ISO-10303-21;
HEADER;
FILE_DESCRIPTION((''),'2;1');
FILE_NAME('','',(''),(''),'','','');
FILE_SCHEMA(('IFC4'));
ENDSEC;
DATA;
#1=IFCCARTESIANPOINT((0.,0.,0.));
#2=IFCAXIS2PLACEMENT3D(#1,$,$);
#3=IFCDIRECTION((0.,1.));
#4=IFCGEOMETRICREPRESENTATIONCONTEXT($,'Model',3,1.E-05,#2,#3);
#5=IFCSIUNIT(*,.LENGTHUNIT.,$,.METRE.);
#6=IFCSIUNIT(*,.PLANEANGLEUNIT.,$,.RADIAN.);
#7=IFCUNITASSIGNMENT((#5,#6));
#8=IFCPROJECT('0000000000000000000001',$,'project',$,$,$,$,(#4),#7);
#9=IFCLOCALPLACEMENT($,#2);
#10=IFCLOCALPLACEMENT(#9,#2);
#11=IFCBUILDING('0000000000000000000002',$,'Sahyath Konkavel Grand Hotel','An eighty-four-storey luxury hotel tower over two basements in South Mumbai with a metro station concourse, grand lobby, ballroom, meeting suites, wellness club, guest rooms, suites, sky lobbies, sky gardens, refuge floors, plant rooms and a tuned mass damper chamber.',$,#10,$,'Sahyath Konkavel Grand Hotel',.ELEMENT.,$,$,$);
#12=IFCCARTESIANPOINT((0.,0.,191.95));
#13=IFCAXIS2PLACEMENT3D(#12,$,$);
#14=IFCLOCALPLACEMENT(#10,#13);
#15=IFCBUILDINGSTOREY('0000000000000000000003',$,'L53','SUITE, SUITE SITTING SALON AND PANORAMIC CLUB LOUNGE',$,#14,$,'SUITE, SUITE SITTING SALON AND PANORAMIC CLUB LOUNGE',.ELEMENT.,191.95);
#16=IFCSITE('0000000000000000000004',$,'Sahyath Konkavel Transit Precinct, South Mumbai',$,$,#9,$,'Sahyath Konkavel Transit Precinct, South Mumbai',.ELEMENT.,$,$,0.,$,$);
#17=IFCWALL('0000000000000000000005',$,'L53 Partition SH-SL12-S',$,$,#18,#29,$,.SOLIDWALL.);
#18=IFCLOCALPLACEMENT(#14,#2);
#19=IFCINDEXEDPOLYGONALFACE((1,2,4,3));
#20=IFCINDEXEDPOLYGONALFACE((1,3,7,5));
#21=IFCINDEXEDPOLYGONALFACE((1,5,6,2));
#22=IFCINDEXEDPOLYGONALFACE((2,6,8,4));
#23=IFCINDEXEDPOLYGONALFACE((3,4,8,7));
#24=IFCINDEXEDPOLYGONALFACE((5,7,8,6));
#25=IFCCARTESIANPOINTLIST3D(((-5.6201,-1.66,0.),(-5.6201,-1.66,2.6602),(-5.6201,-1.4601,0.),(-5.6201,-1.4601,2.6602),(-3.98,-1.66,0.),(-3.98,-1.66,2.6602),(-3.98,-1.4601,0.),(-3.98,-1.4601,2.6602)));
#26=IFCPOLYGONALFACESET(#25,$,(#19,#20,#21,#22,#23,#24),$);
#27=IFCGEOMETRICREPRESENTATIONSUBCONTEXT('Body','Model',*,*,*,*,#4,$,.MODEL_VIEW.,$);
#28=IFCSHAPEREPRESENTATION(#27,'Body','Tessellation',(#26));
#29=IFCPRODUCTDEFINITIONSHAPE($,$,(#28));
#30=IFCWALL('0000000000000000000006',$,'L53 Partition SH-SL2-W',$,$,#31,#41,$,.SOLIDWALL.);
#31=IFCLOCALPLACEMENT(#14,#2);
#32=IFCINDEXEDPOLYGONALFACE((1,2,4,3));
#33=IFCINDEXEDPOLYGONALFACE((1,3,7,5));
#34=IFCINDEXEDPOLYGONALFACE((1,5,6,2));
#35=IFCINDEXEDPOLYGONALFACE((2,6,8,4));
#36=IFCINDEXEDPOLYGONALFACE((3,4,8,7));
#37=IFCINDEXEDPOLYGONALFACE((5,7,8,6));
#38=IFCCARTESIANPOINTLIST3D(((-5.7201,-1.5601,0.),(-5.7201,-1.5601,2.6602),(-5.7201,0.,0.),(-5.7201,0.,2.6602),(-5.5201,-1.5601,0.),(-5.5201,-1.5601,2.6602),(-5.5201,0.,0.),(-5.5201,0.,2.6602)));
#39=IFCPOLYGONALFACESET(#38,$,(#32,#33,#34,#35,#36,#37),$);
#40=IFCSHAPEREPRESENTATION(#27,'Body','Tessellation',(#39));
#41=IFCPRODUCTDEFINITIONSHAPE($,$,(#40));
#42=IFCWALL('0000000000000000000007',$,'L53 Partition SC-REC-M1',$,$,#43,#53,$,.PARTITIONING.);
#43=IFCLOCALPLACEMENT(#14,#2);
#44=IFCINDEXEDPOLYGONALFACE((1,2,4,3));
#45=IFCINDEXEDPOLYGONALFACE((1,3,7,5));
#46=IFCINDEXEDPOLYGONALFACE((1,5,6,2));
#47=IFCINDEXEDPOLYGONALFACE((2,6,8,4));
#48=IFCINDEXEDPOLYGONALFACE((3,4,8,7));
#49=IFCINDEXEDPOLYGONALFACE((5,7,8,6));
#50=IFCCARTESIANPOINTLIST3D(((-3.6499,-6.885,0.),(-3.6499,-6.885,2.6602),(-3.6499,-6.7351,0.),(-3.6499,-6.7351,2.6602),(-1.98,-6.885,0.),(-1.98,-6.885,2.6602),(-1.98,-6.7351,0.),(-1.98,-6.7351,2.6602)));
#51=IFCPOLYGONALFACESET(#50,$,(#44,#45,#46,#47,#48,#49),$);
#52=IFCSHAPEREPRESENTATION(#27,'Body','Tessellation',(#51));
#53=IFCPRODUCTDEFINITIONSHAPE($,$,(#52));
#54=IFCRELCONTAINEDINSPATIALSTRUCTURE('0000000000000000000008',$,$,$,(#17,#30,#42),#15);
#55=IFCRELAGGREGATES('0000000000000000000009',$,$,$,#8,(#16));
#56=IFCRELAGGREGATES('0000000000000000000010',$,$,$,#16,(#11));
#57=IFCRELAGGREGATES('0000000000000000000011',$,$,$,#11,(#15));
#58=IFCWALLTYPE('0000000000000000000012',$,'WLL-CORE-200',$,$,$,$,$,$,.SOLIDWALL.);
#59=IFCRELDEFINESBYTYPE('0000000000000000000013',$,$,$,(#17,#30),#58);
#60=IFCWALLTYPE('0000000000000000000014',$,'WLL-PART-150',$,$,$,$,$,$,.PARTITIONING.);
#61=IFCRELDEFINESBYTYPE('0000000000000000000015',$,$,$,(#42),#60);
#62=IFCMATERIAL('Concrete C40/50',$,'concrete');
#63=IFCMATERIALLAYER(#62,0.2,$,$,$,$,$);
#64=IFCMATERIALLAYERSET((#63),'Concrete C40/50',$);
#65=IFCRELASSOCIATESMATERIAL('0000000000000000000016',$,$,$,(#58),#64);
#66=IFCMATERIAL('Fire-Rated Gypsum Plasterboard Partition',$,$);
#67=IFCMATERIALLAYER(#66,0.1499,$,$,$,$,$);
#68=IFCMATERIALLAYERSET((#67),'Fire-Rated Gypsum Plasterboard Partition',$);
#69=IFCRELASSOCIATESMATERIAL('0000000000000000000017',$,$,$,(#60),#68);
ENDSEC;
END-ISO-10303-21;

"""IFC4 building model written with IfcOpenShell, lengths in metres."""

from ifc_helpers import new_model, si_unit, direction, frame, frame_2d, origin, place, context, subcontext, project, spatial, rectangle, extrude, material, layer, layer_set, type_object, element, save


model = new_model("IFC4")

# Units and contexts
model_context = context("Model", 3, precision=1e-05, world=origin(), true_north=direction((0.0, 1.0)))
body_context = subcontext(model_context, "Body", "Model", "MODEL_VIEW")
ifc_project = project(units=[si_unit("LENGTHUNIT", "METRE"), si_unit("PLANEANGLEUNIT", "RADIAN")], contexts=[model_context])

# Site, building, storey
site_placement = place(None, origin())
site = spatial("IfcSite", under=ifc_project, at=site_placement, Name="Sahyath Konkavel Transit Precinct, South Mumbai", LongName="Sahyath Konkavel Transit Precinct, South Mumbai", CompositionType="ELEMENT", RefElevation=0.0)
building_placement = place(site_placement, origin())
building = spatial("IfcBuilding", under=site, at=building_placement, Name="Sahyath Konkavel Grand Hotel", Description="An eighty-four-storey luxury hotel tower over two basements in South Mumbai with a metro station concourse, grand lobby, ballroom, meeting suites, wellness club, guest rooms, suites, sky lobbies, sky gardens, refuge floors, plant rooms and a tuned mass damper chamber.", LongName="Sahyath Konkavel Grand Hotel", CompositionType="ELEMENT")
storey_placement = place(building_placement, frame((0.0, 0.0, 191.95)))
storey = spatial("IfcBuildingStorey", under=building, at=storey_placement, Name="L53", Description="SUITE, SUITE SITTING SALON AND PANORAMIC CLUB LOUNGE", LongName="SUITE, SUITE SITTING SALON AND PANORAMIC CLUB LOUNGE", CompositionType="ELEMENT", Elevation=191.95)

# Shared definitions
ifc_material_1 = material(Name="Concrete C40/50", Category="concrete")

# Shared definitions
ifc_layer_1 = layer(ifc_material_1, 0.2)
ifc_layer_set_1 = layer_set([ifc_layer_1], Name="Concrete C40/50")
wall_type_1 = type_object("IfcWallType", Name="WLL-CORE-200", PredefinedType="SOLIDWALL", material=ifc_layer_set_1)

# Walls
wall_1_placement = place(storey_placement, frame((-5.6201, -1.5601, 0.0), z_axis=(0.0, 0.0, 1.0), x_axis=(1.0, 0.0, 0.0)))
element("IfcWall", 1, at=wall_1_placement, inside=storey, type_object=wall_type_1, Name="L53 Partition SH-SL12-S", PredefinedType="SOLIDWALL", context=body_context, shape_type="SweptSolid", body=[
    extrude(rectangle(XDim=1.6401, YDim=0.2, at=frame_2d((0.8201, 0.0))), origin(), (0.0, 0.0, 1.0), 2.6602),
])
wall_2_placement = place(storey_placement, frame((-5.6201, -1.5601, 0.0), z_axis=(0.0, 0.0, 1.0), x_axis=(0.0, 1.0, 0.0)))
element("IfcWall", 2, at=wall_2_placement, inside=storey, type_object=wall_type_1, Name="L53 Partition SH-SL2-W", PredefinedType="SOLIDWALL", context=body_context, shape_type="SweptSolid", body=[
    extrude(rectangle(XDim=1.5601, YDim=0.2, at=frame_2d((0.78, 0.0))), origin(), (0.0, 0.0, 1.0), 2.6602),
])
ifc_material_2 = material(Name="Fire-Rated Gypsum Plasterboard Partition")
ifc_layer_2 = layer(ifc_material_2, 0.1499)
ifc_layer_set_2 = layer_set([ifc_layer_2], Name="Fire-Rated Gypsum Plasterboard Partition")
wall_type_2 = type_object("IfcWallType", Name="WLL-PART-150", PredefinedType="PARTITIONING", material=ifc_layer_set_2)
wall_3_placement = place(storey_placement, frame((-3.6499, -6.8101, 0.0), z_axis=(0.0, 0.0, 1.0), x_axis=(1.0, 0.0, 0.0)))
element("IfcWall", 3, at=wall_3_placement, inside=storey, type_object=wall_type_2, Name="L53 Partition SC-REC-M1", PredefinedType="PARTITIONING", context=body_context, shape_type="SweptSolid", body=[
    extrude(rectangle(XDim=1.6699, YDim=0.1499, at=frame_2d((0.835, 0.0))), origin(), (0.0, 0.0, 1.0), 2.6602),
])

save(model, "model.ifc")
